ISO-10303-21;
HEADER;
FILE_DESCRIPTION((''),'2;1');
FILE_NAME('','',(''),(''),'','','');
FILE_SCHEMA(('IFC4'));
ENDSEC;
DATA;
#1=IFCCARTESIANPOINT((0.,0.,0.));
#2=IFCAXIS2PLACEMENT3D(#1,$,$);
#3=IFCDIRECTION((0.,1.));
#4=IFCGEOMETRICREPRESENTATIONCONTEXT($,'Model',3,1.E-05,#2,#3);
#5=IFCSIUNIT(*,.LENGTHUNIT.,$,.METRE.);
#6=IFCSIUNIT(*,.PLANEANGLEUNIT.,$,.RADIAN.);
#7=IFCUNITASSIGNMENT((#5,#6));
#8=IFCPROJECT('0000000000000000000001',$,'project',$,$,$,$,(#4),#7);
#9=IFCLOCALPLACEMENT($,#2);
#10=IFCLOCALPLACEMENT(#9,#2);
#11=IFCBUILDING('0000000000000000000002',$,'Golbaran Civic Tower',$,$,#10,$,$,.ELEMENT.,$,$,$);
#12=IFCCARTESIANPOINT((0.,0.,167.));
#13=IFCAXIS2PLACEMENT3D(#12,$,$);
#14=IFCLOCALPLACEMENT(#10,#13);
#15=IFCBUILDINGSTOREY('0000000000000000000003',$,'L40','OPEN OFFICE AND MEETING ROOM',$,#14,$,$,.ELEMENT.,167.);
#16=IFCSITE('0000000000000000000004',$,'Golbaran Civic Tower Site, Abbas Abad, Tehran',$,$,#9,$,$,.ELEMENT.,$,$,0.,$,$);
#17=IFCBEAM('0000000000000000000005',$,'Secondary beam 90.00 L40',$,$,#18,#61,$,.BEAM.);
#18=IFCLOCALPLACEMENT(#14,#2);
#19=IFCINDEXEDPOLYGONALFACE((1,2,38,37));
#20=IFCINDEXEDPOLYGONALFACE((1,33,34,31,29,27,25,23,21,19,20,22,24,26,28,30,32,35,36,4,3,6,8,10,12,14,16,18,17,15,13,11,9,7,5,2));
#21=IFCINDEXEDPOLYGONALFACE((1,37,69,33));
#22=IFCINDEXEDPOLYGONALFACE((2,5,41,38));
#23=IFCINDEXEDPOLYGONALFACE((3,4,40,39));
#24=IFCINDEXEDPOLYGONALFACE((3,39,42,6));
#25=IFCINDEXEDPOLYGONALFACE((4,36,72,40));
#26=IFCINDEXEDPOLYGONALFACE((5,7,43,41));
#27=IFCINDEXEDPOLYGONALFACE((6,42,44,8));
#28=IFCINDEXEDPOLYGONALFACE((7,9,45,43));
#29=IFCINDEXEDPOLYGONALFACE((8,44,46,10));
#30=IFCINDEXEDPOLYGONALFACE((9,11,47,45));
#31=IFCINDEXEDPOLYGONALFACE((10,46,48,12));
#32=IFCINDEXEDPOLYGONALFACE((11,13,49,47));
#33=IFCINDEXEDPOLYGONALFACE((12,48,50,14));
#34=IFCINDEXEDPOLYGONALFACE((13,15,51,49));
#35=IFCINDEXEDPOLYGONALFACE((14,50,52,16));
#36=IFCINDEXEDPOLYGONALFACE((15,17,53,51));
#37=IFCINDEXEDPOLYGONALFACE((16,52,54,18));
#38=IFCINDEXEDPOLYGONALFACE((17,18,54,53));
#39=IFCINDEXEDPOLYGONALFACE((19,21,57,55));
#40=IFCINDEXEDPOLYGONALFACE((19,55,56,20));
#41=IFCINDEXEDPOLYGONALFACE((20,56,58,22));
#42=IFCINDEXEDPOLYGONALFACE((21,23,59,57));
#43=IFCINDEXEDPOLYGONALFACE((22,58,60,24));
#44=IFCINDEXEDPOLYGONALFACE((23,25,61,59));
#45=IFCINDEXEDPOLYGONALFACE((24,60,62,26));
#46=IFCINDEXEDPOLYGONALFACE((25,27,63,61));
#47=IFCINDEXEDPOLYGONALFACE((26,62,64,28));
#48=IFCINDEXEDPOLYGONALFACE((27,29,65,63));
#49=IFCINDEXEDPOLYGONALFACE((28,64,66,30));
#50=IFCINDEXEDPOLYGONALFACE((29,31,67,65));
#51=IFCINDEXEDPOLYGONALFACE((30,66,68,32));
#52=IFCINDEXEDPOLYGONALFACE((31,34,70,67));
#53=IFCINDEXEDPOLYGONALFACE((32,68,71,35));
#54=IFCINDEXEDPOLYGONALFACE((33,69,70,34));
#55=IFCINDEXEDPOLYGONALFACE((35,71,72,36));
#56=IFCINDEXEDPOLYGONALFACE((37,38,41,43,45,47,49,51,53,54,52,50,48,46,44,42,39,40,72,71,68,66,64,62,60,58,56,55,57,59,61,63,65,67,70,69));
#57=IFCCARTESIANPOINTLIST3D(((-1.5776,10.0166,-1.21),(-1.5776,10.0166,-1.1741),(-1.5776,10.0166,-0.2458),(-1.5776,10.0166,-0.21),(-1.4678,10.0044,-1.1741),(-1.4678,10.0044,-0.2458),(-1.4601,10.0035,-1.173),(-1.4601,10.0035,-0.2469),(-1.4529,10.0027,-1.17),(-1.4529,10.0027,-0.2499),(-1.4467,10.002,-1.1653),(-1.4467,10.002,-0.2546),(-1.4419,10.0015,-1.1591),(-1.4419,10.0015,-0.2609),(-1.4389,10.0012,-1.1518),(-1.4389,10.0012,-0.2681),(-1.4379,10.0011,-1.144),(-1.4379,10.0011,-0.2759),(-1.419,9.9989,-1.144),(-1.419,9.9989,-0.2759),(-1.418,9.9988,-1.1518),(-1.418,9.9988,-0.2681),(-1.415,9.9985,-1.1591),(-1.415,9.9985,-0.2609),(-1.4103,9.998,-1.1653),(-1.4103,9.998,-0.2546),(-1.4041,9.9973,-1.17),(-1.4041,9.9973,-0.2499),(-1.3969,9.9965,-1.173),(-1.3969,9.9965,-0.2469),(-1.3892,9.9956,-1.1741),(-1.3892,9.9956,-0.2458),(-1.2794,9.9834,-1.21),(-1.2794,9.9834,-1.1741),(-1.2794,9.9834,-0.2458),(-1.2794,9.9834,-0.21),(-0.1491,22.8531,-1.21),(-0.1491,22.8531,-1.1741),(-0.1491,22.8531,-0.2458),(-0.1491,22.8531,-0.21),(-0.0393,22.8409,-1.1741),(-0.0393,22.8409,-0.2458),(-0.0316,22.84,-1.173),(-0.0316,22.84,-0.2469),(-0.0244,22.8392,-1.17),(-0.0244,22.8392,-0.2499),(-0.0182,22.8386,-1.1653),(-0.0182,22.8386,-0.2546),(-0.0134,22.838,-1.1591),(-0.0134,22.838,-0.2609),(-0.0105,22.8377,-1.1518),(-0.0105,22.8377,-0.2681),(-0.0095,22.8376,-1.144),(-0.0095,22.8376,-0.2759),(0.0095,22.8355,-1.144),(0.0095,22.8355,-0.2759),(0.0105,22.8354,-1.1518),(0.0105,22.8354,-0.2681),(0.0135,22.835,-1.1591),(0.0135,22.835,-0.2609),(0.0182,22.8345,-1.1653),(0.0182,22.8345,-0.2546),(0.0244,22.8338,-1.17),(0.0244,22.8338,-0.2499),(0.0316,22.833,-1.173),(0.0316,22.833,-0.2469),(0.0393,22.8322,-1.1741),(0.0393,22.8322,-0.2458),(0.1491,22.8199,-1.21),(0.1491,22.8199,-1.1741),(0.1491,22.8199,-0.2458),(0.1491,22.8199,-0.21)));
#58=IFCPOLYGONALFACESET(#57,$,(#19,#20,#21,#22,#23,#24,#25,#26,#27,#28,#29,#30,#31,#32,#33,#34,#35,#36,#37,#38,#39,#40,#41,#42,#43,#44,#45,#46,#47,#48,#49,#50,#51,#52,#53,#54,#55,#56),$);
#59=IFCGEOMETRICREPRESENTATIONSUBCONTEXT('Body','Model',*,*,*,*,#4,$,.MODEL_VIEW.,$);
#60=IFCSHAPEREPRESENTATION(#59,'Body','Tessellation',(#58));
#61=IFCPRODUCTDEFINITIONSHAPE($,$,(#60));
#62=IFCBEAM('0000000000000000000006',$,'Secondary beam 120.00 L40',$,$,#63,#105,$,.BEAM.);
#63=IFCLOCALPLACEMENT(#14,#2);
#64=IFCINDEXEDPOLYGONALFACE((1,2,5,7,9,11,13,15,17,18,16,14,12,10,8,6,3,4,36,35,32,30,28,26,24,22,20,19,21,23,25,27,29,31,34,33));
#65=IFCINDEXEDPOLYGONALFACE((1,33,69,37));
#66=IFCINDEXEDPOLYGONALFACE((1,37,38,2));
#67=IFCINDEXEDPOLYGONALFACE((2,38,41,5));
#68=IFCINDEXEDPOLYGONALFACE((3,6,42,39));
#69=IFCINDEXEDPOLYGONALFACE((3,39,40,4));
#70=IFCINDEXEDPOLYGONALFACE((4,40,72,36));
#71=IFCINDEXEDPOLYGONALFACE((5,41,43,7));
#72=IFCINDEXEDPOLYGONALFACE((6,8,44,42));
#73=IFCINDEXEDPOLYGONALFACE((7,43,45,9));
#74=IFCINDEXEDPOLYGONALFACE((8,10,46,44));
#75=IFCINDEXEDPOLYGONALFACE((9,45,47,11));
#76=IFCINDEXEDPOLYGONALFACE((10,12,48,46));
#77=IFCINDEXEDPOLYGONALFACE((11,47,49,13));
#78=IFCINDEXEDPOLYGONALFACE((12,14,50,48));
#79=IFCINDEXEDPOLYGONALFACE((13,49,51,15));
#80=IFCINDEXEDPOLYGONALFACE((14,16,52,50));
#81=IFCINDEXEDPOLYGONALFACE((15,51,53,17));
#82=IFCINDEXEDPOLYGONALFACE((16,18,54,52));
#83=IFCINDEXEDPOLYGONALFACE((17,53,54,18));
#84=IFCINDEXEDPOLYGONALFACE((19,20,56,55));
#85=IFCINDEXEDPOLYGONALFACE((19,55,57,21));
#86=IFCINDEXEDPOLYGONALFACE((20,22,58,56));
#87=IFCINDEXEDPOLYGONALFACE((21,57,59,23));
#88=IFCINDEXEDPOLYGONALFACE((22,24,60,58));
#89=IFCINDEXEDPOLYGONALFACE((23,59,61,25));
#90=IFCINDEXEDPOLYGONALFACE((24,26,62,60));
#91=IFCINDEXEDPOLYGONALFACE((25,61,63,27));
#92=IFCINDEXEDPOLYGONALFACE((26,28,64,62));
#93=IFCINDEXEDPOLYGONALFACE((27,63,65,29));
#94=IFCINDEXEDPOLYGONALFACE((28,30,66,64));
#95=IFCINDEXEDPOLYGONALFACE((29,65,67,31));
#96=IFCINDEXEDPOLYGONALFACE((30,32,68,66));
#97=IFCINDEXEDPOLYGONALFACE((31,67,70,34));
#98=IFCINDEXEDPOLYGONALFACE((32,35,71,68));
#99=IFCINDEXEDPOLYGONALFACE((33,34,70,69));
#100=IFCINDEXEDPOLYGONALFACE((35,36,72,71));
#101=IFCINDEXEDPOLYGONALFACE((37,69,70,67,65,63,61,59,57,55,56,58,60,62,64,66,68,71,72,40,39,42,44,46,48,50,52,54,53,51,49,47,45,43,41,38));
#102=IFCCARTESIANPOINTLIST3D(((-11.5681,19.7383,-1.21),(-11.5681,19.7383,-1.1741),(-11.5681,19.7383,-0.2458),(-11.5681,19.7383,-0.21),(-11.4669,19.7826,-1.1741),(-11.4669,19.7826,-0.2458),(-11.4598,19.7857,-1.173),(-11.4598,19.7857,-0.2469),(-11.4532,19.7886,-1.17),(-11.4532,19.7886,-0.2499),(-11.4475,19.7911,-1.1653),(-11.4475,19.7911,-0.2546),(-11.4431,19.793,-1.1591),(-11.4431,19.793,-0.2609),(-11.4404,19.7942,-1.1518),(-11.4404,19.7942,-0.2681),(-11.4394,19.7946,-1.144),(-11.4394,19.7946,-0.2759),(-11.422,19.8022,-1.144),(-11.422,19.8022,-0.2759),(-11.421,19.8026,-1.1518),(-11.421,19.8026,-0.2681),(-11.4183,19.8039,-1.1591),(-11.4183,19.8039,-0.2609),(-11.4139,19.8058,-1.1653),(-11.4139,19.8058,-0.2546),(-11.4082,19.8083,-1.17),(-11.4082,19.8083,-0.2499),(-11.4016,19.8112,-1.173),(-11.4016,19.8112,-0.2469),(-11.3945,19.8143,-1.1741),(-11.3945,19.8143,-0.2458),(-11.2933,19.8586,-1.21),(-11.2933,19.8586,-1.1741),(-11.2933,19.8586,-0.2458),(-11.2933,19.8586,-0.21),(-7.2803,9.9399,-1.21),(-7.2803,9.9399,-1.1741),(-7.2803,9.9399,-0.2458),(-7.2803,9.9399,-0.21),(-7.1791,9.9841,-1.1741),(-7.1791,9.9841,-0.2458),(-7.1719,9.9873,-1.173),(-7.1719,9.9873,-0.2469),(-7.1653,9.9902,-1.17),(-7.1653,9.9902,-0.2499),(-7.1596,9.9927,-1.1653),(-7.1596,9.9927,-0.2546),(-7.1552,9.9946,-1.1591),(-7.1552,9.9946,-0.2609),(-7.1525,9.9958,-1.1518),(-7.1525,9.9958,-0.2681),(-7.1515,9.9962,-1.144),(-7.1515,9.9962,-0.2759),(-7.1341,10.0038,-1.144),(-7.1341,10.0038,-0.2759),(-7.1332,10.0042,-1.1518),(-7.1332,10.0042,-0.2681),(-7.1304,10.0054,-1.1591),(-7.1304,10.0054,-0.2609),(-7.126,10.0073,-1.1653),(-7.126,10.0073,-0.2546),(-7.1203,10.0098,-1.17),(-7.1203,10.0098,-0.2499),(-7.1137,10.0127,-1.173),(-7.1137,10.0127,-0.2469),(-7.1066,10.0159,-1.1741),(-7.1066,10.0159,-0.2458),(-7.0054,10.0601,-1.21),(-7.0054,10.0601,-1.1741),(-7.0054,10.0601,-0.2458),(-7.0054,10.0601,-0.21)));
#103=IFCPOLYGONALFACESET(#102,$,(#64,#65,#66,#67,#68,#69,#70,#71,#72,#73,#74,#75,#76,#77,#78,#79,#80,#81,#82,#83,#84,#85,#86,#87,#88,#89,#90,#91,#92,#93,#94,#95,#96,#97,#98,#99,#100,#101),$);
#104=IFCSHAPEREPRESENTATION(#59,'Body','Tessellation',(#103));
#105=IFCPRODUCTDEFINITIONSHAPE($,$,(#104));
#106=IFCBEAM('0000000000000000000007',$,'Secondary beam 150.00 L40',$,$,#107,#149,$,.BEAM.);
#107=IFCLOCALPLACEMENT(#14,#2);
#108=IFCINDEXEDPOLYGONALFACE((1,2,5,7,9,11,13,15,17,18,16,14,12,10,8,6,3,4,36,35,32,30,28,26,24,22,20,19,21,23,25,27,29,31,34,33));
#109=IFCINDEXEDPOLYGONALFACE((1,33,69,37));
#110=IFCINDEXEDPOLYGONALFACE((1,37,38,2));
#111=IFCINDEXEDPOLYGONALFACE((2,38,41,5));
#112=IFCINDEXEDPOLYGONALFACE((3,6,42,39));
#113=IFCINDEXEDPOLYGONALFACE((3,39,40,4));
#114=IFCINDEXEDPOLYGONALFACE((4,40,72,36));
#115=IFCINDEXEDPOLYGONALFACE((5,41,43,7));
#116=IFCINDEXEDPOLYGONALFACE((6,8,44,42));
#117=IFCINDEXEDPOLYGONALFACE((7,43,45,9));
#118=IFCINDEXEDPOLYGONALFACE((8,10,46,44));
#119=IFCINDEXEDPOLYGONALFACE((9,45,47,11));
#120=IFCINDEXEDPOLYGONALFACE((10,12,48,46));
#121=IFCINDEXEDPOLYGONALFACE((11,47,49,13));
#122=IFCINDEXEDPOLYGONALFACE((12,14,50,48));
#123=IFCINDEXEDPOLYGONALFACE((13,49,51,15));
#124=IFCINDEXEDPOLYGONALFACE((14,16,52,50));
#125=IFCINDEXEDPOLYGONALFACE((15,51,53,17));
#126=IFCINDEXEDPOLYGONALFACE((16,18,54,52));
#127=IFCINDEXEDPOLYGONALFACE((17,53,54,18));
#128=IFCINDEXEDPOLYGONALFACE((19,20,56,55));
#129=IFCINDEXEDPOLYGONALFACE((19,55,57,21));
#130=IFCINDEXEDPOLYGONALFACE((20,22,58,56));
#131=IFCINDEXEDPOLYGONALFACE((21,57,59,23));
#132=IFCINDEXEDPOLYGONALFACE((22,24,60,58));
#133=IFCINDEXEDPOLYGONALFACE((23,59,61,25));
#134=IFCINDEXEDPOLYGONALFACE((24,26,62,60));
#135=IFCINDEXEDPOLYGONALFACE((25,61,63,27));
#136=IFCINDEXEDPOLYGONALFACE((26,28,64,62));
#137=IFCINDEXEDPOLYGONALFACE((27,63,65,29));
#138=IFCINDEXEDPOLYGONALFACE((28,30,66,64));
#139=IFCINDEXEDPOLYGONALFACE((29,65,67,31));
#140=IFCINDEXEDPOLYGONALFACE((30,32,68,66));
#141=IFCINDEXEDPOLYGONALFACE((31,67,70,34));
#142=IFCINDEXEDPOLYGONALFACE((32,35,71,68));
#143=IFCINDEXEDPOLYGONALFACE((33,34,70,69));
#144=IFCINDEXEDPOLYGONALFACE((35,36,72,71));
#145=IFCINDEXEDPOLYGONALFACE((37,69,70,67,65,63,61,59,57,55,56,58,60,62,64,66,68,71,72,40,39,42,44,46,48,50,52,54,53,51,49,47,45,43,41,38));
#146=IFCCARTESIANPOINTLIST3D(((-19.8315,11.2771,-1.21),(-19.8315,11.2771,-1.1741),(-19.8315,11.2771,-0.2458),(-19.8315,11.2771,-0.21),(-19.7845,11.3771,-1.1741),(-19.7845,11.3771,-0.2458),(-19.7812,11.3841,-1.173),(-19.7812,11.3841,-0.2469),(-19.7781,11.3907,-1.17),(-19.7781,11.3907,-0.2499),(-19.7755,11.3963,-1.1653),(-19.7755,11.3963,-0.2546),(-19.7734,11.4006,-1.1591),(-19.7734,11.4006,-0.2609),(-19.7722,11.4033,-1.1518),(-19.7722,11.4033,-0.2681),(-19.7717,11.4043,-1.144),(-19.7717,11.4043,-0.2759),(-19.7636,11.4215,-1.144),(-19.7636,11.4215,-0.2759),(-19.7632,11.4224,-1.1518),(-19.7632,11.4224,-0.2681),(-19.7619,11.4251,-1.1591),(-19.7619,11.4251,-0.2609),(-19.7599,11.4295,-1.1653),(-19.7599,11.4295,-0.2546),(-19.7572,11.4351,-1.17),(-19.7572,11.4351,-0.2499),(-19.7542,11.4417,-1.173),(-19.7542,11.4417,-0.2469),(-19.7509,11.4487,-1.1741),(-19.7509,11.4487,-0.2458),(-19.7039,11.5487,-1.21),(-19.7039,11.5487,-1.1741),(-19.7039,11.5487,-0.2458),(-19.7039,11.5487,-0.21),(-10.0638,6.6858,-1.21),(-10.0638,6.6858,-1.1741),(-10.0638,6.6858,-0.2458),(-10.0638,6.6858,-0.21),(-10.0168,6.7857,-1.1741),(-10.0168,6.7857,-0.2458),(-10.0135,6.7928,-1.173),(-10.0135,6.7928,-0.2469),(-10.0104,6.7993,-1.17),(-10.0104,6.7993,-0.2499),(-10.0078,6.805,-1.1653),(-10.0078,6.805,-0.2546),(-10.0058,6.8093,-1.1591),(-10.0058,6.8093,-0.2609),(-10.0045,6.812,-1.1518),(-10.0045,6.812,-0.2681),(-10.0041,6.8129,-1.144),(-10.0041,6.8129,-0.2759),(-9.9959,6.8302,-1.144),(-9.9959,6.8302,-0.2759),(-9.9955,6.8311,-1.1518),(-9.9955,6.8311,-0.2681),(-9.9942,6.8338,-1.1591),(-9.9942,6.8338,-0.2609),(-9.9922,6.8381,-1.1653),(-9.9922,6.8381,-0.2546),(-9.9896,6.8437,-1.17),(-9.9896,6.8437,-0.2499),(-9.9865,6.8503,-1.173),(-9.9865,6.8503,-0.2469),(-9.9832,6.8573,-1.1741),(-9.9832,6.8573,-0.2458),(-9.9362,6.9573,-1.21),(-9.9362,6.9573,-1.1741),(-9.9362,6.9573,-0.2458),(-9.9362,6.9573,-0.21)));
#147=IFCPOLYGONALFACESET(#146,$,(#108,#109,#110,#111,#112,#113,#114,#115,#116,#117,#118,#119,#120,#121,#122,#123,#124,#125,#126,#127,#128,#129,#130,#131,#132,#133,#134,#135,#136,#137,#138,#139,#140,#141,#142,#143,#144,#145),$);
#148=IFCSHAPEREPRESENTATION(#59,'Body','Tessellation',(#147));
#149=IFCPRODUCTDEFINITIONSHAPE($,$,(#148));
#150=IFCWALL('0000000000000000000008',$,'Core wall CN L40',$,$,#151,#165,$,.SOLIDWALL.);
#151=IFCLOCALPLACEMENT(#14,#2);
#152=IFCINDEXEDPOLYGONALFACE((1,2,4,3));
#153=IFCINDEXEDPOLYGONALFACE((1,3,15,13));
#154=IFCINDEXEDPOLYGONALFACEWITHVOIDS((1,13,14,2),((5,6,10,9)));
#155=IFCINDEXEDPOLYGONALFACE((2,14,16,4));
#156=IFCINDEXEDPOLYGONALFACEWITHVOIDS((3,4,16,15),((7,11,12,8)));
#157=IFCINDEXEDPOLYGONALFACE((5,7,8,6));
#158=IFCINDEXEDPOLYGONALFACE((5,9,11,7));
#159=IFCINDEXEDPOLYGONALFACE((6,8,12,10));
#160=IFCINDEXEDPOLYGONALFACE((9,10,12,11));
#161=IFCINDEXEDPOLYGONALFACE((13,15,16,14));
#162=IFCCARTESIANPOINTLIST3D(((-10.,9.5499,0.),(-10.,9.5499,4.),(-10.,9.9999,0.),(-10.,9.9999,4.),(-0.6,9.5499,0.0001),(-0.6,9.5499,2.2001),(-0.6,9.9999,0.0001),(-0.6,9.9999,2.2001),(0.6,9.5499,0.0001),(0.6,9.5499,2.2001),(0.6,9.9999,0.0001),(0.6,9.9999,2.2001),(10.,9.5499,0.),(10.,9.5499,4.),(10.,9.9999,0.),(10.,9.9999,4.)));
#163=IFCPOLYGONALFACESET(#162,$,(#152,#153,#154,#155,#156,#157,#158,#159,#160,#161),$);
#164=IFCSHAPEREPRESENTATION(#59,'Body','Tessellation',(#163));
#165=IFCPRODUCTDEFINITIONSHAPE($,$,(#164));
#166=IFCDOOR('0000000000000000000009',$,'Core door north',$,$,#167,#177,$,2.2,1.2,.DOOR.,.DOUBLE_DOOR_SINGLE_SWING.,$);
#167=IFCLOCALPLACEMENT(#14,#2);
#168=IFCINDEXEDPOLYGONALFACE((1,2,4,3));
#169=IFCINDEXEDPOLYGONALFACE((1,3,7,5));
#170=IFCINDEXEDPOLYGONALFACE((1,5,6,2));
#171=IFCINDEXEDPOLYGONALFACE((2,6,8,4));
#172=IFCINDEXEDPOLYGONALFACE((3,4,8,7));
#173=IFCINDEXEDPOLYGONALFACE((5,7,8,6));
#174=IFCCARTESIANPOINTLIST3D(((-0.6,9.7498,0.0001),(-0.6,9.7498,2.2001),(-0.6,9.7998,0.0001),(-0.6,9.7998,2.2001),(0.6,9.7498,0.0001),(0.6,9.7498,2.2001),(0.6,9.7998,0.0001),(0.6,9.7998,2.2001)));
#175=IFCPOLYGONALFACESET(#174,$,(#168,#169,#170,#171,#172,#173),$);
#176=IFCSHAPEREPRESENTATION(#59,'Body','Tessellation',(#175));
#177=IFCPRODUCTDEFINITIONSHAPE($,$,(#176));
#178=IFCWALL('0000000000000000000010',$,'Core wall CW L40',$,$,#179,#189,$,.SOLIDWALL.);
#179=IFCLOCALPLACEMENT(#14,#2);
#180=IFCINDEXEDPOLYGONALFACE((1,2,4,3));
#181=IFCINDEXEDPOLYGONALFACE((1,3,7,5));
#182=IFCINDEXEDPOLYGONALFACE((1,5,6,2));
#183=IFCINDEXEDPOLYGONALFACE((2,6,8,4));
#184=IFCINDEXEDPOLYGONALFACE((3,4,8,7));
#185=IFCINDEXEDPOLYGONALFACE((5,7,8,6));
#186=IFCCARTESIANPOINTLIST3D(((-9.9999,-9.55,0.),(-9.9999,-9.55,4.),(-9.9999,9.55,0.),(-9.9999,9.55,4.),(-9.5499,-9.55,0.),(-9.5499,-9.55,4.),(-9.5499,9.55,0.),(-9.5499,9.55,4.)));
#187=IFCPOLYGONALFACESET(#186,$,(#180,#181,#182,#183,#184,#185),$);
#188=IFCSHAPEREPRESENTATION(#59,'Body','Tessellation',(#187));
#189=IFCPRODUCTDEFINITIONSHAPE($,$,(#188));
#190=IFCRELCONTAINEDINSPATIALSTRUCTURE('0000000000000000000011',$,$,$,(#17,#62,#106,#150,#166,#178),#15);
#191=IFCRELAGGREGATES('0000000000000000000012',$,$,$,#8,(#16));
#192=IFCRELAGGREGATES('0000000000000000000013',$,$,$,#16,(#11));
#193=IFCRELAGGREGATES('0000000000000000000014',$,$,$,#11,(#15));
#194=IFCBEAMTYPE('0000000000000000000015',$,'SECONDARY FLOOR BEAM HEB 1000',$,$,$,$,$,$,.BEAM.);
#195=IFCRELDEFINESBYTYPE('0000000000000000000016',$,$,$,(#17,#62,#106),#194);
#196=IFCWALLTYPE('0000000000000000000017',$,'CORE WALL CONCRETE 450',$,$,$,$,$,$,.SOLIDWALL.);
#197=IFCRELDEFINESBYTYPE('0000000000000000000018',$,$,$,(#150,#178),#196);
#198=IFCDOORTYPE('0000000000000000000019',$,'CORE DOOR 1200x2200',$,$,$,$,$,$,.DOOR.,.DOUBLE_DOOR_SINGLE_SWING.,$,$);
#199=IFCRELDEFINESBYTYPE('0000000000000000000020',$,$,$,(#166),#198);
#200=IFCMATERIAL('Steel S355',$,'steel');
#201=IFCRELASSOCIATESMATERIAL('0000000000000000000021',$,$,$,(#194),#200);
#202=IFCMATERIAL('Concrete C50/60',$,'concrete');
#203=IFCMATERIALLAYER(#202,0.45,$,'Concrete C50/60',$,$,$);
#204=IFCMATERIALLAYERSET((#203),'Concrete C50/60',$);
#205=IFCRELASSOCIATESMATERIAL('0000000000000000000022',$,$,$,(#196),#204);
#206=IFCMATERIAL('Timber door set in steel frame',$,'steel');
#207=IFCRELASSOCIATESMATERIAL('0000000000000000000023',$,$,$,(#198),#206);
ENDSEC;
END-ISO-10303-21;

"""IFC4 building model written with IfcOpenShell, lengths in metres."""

from ifc_helpers import new_model, si_unit, direction, frame, frame_2d, origin, origin_2d, place, context, subcontext, project, spatial, rectangle, i_section, extrude, material, layer, layer_set, material_profile, profile_set, type_object, element, fill, save


model = new_model("IFC4")

# Units and contexts
model_context = context("Model", 3, precision=1e-05, world=origin(), true_north=direction((0.0, 1.0)))
body_context = subcontext(model_context, "Body", "Model", "MODEL_VIEW")
ifc_project = project(units=[si_unit("LENGTHUNIT", "METRE"), si_unit("PLANEANGLEUNIT", "RADIAN")], contexts=[model_context])

# Site, building, storey
site_placement = place(None, origin())
site = spatial("IfcSite", under=ifc_project, at=site_placement, Name="Golbaran Civic Tower Site, Abbas Abad, Tehran", CompositionType="ELEMENT", RefElevation=0.0)
building_placement = place(site_placement, origin())
building = spatial("IfcBuilding", under=site, at=building_placement, Name="Golbaran Civic Tower", CompositionType="ELEMENT")
storey_placement = place(building_placement, frame((0.0, 0.0, 167.0)))
storey = spatial("IfcBuildingStorey", under=building, at=storey_placement, Name="L40", Description="OPEN OFFICE AND MEETING ROOM", CompositionType="ELEMENT", Elevation=167.0)

# Beams
ifc_material_1 = material(Name="Steel S355", Category="steel")
ifc_material_profile_1 = material_profile(ifc_material_1, i_section(OverallWidth=0.3, OverallDepth=1.0, WebThickness=0.019, FlangeThickness=0.0359, FilletRadius=0.03, at=origin_2d()), Name="HEB 1000")
ifc_profile_set_1 = profile_set([ifc_material_profile_1], Name="Steel S355")
beam_type_1 = type_object("IfcBeamType", Name="SECONDARY FLOOR BEAM HEB 1000", PredefinedType="BEAM", material=ifc_profile_set_1)
beam_1_placement = place(storey_placement, frame((-1.4285, 10.0, -0.71), z_axis=(0.1106, 0.993865, 0.0), x_axis=(-0.993865, 0.1106, 0.0)))
element("IfcBeam", 1, at=beam_1_placement, inside=storey, type_object=beam_type_1, Name="Secondary beam 90.00 L40", PredefinedType="BEAM", context=body_context, shape_type="SweptSolid", body=[
    extrude(i_section(OverallWidth=0.3, OverallDepth=1.0, WebThickness=0.019, FlangeThickness=0.0359, FilletRadius=0.03, at=origin_2d()), origin(), (0.0, 0.0, 1.0), 12.9158),
])
beam_2_placement = place(storey_placement, frame((-7.1428, 10.0, -0.71), z_axis=(-0.400903, 0.916121, 0.0), x_axis=(-0.916121, -0.400903, 0.0)))
element("IfcBeam", 2, at=beam_2_placement, inside=storey, type_object=beam_type_1, Name="Secondary beam 120.00 L40", PredefinedType="BEAM", context=body_context, shape_type="SweptSolid", body=[
    extrude(i_section(OverallWidth=0.3, OverallDepth=1.0, WebThickness=0.019, FlangeThickness=0.0359, FilletRadius=0.03, at=origin_2d()), origin(), (0.0, 0.0, 1.0), 10.6956),
])
beam_3_placement = place(storey_placement, frame((-10.0, 6.8215, -0.71), z_axis=(-0.905004, 0.425403, 0.0), x_axis=(-0.425403, -0.905004, 0.0)))
element("IfcBeam", 3, at=beam_3_placement, inside=storey, type_object=beam_type_1, Name="Secondary beam 150.00 L40", PredefinedType="BEAM", context=body_context, shape_type="SweptSolid", body=[
    extrude(i_section(OverallWidth=0.3, OverallDepth=1.0, WebThickness=0.019, FlangeThickness=0.0359, FilletRadius=0.03, at=origin_2d()), origin(), (0.0, 0.0, 1.0), 10.793),
])

# Wall, opening, door
ifc_material_2 = material(Name="Concrete C50/60", Category="concrete")
ifc_layer_1 = layer(ifc_material_2, 0.45, Name="Concrete C50/60")
ifc_layer_set_1 = layer_set([ifc_layer_1], Name="Concrete C50/60")
wall_type_1 = type_object("IfcWallType", Name="CORE WALL CONCRETE 450", PredefinedType="SOLIDWALL", material=ifc_layer_set_1)
wall_1_placement = place(storey_placement, frame((-10.0, 9.7749, 0.0), z_axis=(0.0, 0.0, 1.0), x_axis=(1.0, 0.0, 0.0)))
wall_1 = element("IfcWall", 4, at=wall_1_placement, inside=storey, type_object=wall_type_1, Name="Core wall CN L40", PredefinedType="SOLIDWALL", context=body_context, shape_type="SweptSolid", body=[
    extrude(rectangle(XDim=20.0, YDim=0.45, at=frame_2d((10.0, 0.0))), origin(), (0.0, 0.0, 1.0), 4.0),
])
opening_1_placement = place(wall_1_placement, frame((9.3999, 0.0, 0.0)))
opening_1 = element("IfcOpeningElement", 5, at=opening_1_placement, cuts=wall_1, PredefinedType="OPENING", context=body_context, shape_type="SweptSolid", body=[
    extrude(rectangle(XDim=1.2, YDim=2.2, at=frame_2d((0.6001, 1.1001))), frame((0.0, 0.2349, 0.0), z_axis=(0.0, -1.0, 0.0), x_axis=(1.0, 0.0, 0.0)), (0.0, 0.0, 1.0), 0.47),
])
ifc_material_3 = material(Name="Timber door set in steel frame", Category="steel")
door_type_1 = type_object("IfcDoorType", Name="CORE DOOR 1200x2200", OperationType="DOUBLE_DOOR_SINGLE_SWING", PredefinedType="DOOR", material=ifc_material_3)
door_1_placement = place(opening_1_placement, origin())
door_1 = element("IfcDoor", 6, at=door_1_placement, inside=storey, type_object=door_type_1, Name="Core door north", OperationType="DOUBLE_DOOR_SINGLE_SWING", OverallHeight=2.2, OverallWidth=1.2, PredefinedType="DOOR", context=body_context, shape_type="SweptSolid", body=[
    extrude(rectangle(XDim=1.2, YDim=2.2, at=frame_2d((0.6001, 1.1001))), frame((0.0, 0.0249, 0.0), z_axis=(0.0, -1.0, 0.0), x_axis=(1.0, 0.0, 0.0)), (0.0, 0.0, 1.0), 0.05),
])
fill(opening_1, door_1)

# Wall
wall_2_placement = place(storey_placement, frame((-9.7749, 9.55, 0.0), z_axis=(0.0, 0.0, 1.0), x_axis=(0.0, -1.0, 0.0)))
element("IfcWall", 7, at=wall_2_placement, inside=storey, type_object=wall_type_1, Name="Core wall CW L40", PredefinedType="SOLIDWALL", context=body_context, shape_type="SweptSolid", body=[
    extrude(rectangle(XDim=19.1001, YDim=0.45, at=frame_2d((9.55, 0.0))), origin(), (0.0, 0.0, 1.0), 4.0),
])

save(model, "model.ifc")
